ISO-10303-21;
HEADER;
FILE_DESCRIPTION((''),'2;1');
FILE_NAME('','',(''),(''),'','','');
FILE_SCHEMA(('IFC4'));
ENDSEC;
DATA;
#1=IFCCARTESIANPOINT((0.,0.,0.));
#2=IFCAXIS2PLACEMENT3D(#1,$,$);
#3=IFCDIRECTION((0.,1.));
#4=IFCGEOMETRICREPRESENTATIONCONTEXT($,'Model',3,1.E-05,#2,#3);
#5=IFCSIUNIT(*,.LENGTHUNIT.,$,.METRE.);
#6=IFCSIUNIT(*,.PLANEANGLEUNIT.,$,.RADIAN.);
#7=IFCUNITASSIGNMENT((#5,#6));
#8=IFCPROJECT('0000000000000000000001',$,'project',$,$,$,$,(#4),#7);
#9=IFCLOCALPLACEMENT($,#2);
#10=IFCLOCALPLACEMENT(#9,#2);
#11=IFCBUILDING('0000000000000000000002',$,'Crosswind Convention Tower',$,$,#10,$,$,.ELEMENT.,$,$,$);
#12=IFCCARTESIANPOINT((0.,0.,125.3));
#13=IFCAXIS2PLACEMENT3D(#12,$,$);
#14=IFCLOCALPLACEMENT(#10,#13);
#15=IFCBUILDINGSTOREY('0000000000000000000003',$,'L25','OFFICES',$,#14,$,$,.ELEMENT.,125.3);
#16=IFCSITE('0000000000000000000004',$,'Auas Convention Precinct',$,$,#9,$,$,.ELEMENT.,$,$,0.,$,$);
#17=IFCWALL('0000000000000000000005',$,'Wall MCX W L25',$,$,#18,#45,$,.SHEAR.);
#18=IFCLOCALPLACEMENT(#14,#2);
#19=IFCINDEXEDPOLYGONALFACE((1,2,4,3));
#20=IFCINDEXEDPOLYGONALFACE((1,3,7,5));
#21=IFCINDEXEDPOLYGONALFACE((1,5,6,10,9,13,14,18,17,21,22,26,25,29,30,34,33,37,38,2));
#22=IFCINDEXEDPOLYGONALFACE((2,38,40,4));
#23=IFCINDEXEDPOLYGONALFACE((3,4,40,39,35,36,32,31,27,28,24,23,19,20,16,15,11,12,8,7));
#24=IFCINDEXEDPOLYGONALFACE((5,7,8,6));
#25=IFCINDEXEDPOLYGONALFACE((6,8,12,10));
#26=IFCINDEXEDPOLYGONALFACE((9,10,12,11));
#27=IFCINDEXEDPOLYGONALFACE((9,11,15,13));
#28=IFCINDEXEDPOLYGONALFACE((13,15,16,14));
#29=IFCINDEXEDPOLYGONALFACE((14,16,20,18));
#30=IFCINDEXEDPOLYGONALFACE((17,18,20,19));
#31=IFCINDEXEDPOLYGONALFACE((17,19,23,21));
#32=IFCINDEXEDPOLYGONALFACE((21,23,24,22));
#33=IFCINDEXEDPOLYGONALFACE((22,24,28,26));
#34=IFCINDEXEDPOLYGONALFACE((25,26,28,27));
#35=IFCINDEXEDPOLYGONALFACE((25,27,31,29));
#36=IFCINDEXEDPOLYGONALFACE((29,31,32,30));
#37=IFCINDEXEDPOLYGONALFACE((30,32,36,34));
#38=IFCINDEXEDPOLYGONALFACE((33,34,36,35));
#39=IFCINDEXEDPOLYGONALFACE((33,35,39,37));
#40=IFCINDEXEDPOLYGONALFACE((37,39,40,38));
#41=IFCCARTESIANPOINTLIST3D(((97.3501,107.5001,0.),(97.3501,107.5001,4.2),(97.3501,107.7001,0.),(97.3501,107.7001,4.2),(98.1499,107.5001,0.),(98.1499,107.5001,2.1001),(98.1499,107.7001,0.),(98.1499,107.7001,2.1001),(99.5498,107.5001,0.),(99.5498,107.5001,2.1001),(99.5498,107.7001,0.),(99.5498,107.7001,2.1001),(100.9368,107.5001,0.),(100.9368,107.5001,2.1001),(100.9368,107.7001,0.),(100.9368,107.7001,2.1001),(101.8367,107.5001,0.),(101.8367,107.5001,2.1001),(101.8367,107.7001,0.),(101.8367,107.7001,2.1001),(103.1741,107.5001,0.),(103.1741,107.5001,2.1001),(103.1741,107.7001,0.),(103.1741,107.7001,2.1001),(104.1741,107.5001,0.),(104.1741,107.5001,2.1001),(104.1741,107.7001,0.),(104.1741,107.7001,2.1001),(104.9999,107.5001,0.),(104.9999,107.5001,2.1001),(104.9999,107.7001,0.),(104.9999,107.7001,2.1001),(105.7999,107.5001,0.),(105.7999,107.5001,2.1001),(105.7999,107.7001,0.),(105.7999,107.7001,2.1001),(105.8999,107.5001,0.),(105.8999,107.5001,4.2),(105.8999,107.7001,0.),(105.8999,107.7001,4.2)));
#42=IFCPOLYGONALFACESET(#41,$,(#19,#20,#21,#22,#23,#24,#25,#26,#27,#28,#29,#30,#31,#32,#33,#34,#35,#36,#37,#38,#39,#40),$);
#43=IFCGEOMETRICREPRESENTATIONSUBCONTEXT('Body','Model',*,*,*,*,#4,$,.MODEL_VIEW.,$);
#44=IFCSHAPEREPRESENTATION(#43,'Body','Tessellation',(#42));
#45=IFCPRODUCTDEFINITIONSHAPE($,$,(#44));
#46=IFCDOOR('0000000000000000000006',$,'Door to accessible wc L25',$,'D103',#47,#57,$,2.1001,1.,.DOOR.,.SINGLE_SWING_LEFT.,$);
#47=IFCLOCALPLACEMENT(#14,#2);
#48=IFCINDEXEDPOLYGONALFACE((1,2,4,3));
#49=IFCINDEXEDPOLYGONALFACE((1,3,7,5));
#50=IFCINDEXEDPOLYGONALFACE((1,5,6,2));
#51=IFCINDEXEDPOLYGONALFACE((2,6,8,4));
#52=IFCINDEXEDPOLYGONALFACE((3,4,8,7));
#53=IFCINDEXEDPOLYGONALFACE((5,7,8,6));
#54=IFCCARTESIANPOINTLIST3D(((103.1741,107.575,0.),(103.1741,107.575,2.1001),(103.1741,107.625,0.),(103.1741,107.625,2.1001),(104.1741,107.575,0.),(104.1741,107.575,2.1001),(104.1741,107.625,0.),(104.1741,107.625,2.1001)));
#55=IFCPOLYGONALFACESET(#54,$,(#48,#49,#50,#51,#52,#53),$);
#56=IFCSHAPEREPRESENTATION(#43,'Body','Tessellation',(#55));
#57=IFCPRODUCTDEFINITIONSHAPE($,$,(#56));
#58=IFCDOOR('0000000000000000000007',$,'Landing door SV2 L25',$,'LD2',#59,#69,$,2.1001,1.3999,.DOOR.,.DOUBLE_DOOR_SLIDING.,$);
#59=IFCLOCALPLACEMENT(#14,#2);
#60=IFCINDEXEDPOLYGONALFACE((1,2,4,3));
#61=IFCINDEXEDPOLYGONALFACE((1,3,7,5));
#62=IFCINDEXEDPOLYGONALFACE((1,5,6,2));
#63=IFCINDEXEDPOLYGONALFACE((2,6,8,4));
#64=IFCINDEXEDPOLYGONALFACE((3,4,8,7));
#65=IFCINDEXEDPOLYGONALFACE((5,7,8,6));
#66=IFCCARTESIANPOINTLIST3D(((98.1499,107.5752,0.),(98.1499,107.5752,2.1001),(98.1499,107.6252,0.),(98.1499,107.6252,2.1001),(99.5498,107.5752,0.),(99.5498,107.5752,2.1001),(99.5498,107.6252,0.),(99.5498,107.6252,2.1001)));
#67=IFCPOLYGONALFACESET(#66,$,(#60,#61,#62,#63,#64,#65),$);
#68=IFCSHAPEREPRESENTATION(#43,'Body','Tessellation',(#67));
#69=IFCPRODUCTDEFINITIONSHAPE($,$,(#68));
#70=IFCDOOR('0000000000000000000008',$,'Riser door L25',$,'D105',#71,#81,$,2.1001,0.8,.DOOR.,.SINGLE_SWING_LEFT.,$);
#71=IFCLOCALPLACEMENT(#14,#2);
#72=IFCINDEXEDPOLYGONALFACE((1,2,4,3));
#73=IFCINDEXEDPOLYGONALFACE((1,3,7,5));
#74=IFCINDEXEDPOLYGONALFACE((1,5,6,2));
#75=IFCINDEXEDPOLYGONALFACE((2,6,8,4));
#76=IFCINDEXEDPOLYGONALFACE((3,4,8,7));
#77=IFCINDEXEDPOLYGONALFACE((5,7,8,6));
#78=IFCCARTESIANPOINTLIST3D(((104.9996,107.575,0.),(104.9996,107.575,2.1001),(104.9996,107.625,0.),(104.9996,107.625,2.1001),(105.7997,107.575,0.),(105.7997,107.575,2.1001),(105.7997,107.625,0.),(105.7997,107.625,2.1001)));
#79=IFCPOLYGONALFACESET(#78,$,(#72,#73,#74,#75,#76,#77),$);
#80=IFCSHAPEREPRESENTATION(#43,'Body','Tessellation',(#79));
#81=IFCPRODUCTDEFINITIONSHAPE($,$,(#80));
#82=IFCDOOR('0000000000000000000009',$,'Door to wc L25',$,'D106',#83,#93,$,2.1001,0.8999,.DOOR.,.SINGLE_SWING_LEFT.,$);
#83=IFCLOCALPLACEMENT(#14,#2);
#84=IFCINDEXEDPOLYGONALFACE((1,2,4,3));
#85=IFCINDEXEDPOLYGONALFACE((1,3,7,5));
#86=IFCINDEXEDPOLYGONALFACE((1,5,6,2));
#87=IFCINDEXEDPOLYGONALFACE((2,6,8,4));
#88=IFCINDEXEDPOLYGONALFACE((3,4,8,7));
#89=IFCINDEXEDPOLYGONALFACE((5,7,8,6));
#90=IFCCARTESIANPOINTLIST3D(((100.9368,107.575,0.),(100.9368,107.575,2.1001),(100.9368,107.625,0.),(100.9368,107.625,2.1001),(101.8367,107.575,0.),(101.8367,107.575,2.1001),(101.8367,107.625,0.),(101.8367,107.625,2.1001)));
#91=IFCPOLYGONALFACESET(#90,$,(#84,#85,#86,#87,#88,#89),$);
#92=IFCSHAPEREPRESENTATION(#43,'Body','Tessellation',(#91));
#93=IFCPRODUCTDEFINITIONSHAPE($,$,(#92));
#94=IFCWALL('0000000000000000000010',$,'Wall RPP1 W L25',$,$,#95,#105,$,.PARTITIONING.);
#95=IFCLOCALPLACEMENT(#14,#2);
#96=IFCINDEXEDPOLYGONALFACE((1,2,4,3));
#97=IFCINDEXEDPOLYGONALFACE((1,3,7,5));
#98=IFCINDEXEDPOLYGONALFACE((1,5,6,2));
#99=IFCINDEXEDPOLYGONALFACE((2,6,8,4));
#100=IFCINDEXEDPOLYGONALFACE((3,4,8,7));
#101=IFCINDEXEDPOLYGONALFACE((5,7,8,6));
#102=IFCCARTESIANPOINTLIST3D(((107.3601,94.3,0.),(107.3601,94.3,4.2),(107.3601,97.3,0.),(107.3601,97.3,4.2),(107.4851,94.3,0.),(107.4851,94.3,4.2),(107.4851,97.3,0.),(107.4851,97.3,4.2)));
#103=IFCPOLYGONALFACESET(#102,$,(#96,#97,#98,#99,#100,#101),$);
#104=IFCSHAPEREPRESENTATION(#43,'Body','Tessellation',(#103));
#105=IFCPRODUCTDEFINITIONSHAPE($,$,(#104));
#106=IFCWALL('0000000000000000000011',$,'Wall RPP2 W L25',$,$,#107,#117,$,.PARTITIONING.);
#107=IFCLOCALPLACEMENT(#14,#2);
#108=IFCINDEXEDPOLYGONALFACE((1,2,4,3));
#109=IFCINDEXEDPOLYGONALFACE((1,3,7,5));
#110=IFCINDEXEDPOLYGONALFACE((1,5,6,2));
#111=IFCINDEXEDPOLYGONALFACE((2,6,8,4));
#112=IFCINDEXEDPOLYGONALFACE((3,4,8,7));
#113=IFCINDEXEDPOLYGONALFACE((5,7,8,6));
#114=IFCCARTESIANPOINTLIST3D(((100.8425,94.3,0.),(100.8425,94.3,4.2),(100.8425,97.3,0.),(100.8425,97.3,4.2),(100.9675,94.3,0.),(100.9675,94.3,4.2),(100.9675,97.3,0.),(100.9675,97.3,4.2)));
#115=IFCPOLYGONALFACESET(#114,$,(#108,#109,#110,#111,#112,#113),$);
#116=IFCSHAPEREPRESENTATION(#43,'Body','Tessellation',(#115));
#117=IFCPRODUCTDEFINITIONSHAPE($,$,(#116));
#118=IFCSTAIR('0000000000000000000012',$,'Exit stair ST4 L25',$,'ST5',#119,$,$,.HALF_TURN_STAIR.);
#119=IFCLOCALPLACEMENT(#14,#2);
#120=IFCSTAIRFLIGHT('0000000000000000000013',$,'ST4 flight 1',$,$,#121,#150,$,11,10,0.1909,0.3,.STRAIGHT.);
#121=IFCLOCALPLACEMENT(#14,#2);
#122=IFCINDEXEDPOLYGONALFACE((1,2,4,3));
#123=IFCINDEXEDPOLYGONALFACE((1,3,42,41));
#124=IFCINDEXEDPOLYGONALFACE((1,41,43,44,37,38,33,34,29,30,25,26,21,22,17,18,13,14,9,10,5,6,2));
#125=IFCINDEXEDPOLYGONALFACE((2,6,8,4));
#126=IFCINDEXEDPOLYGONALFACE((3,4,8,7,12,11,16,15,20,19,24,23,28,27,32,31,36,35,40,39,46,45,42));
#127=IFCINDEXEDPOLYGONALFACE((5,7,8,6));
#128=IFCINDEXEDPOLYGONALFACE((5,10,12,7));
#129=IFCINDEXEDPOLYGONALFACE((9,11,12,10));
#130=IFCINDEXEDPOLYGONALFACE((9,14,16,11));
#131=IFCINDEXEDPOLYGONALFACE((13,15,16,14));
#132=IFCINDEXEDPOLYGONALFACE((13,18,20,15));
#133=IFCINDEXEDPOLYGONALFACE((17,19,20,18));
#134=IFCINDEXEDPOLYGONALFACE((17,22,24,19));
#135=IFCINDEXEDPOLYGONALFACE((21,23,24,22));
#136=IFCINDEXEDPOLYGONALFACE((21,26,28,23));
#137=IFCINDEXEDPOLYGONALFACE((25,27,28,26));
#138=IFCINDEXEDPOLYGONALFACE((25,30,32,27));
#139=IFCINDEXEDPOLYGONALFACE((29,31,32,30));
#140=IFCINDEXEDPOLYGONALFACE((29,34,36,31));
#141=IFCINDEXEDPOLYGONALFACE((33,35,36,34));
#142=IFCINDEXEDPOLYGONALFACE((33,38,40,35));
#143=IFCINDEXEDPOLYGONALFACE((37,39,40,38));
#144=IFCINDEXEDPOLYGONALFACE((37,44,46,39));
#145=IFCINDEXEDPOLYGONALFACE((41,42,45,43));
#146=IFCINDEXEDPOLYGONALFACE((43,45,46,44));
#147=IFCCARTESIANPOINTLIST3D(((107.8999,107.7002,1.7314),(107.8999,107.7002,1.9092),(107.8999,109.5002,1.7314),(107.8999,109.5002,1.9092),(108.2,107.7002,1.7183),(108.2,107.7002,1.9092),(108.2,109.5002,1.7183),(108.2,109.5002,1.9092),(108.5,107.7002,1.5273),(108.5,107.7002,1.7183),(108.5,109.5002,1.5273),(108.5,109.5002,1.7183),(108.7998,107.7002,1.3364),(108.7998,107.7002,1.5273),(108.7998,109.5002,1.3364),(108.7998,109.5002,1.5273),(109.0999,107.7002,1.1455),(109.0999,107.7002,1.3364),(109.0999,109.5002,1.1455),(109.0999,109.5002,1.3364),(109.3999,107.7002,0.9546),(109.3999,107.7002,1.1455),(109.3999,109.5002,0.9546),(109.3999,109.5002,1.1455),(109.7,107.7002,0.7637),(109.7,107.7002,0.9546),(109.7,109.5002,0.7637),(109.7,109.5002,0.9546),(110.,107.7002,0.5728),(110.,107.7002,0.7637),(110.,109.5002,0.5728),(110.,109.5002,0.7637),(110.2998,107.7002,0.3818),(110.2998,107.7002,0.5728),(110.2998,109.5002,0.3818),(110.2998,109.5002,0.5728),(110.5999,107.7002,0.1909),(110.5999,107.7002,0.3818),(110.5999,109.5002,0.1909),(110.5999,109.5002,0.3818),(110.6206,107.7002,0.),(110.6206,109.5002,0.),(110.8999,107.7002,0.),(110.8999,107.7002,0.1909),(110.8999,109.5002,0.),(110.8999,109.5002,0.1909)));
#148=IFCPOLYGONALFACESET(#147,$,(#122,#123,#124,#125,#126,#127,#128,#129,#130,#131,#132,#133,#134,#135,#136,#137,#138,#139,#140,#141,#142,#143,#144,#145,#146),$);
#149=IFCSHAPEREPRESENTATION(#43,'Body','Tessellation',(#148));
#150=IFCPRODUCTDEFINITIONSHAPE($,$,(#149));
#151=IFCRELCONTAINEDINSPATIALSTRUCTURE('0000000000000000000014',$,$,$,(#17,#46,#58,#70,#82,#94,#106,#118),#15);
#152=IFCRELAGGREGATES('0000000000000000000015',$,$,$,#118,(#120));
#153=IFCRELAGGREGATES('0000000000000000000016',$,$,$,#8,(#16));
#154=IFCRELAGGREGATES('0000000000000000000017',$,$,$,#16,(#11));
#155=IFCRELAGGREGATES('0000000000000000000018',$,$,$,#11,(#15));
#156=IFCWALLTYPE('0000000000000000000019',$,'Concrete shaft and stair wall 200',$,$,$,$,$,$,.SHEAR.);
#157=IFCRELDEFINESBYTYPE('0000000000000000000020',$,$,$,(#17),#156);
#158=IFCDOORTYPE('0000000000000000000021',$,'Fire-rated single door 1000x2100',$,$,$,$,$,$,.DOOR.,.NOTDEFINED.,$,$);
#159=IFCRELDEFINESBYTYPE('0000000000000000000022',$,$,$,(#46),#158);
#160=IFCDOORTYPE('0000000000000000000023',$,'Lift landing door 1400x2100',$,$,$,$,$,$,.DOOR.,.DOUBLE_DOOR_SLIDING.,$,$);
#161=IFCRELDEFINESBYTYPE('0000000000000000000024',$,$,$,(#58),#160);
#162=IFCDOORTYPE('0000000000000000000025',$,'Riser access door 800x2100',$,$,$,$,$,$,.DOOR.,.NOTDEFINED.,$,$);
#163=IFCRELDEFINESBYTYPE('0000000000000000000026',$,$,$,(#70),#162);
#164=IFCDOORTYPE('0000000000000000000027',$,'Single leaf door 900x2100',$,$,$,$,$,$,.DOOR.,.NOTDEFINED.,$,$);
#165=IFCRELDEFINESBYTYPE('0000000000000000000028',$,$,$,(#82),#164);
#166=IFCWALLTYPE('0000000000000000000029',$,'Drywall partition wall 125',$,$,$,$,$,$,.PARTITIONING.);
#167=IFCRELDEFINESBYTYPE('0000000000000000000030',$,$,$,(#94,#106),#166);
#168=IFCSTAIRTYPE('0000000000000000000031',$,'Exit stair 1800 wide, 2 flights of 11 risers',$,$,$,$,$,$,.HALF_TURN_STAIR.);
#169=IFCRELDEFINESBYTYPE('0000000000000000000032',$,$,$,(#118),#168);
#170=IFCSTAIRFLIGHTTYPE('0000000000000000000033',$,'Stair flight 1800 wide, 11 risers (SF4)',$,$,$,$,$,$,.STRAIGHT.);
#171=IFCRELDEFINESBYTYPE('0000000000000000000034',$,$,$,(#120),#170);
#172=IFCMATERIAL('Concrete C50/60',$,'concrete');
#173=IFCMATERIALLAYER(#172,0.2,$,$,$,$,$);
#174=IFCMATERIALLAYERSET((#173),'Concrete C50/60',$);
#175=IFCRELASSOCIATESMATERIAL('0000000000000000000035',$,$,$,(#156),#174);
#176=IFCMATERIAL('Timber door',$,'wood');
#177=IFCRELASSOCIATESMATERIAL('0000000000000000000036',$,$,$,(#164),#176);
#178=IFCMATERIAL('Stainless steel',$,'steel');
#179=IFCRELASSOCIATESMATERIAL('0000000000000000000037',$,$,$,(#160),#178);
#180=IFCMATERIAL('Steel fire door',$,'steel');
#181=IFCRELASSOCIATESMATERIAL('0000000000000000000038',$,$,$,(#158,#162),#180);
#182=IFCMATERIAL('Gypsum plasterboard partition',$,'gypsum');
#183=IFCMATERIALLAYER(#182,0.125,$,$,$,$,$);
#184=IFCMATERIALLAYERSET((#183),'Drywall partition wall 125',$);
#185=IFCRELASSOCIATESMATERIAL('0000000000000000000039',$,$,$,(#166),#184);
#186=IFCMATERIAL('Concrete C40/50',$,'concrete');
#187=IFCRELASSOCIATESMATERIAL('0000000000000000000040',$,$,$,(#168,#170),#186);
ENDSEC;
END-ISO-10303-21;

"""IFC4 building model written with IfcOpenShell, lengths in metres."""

from ifc_helpers import new_model, si_unit, direction, frame, frame_2d, origin, place, context, subcontext, project, spatial, polyline, rectangle, outline, extrude, material, layer, layer_set, type_object, element, fill, aggregate, save


model = new_model("IFC4")

# Units and contexts
model_context = context("Model", 3, precision=1e-05, world=origin(), true_north=direction((0.0, 1.0)))
body_context = subcontext(model_context, "Body", "Model", "MODEL_VIEW")
ifc_project = project(units=[si_unit("LENGTHUNIT", "METRE"), si_unit("PLANEANGLEUNIT", "RADIAN")], contexts=[model_context])

# Site, building, storey
site_placement = place(None, origin())
site = spatial("IfcSite", under=ifc_project, at=site_placement, Name="Auas Convention Precinct", CompositionType="ELEMENT", RefElevation=0.0)
building_placement = place(site_placement, origin())
building = spatial("IfcBuilding", under=site, at=building_placement, Name="Crosswind Convention Tower", CompositionType="ELEMENT")
storey_placement = place(building_placement, frame((0.0, 0.0, 125.3)))
storey = spatial("IfcBuildingStorey", under=building, at=storey_placement, Name="L25", Description="OFFICES", CompositionType="ELEMENT", Elevation=125.3)

# Shared definitions
ifc_material_1 = material(Name="Concrete C50/60", Category="concrete")
ifc_layer_1 = layer(ifc_material_1, 0.2)
ifc_layer_set_1 = layer_set([ifc_layer_1], Name="Concrete C50/60")
wall_type_1 = type_object("IfcWallType", Name="Concrete shaft and stair wall 200", PredefinedType="SHEAR", material=ifc_layer_set_1)

# Shared definitions
ifc_material_2 = material(Name="Timber door", Category="wood")
door_type_1 = type_object("IfcDoorType", Name="Single leaf door 900x2100", OperationType="NOTDEFINED", PredefinedType="DOOR", material=ifc_material_2)

# Wall, openings, doors
ifc_material_3 = material(Name="Stainless steel", Category="steel")
door_type_2 = type_object("IfcDoorType", Name="Lift landing door 1400x2100", OperationType="DOUBLE_DOOR_SLIDING", PredefinedType="DOOR", material=ifc_material_3)
wall_1_placement = place(storey_placement, frame((105.8999, 107.6001, 0.0), z_axis=(0.0, 0.0, 1.0), x_axis=(-1.0, 0.0, 0.0)))
wall_1 = element("IfcWall", 1, at=wall_1_placement, inside=storey, type_object=wall_type_1, Name="Wall MCX W L25", PredefinedType="SHEAR", context=body_context, shape_type="SweptSolid", body=[
    extrude(rectangle(XDim=8.5498, YDim=0.2, at=frame_2d((4.2749, 0.0))), origin(), (0.0, 0.0, 1.0), 4.2),
])
opening_1_placement = place(wall_1_placement, frame((0.1001, 0.0, 0.0)))
opening_1 = element("IfcOpeningElement", 2, at=opening_1_placement, cuts=wall_1, PredefinedType="OPENING", context=body_context, shape_type="SweptSolid", body=[
    extrude(rectangle(XDim=0.8, YDim=2.1001, at=frame_2d((0.3999, 1.05))), frame((0.0, 0.1099, 0.0), z_axis=(0.0, -1.0, 0.0), x_axis=(1.0, 0.0, 0.0)), (0.0, 0.0, 1.0), 0.22),
])
opening_2_placement = place(wall_1_placement, frame((1.7258, 0.0, 0.0)))
opening_2 = element("IfcOpeningElement", 3, at=opening_2_placement, cuts=wall_1, PredefinedType="OPENING", context=body_context, shape_type="SweptSolid", body=[
    extrude(rectangle(XDim=1.0, YDim=2.1001, at=frame_2d((0.5, 1.05))), frame((0.0, 0.1099, 0.0), z_axis=(0.0, -1.0, 0.0), x_axis=(1.0, 0.0, 0.0)), (0.0, 0.0, 1.0), 0.22),
])
opening_3_placement = place(wall_1_placement, frame((4.0632, 0.0, 0.0)))
opening_3 = element("IfcOpeningElement", 4, at=opening_3_placement, cuts=wall_1, PredefinedType="OPENING", context=body_context, shape_type="SweptSolid", body=[
    extrude(rectangle(XDim=0.8999, YDim=2.1001, at=frame_2d((0.45, 1.05))), frame((0.0, 0.1099, 0.0), z_axis=(0.0, -1.0, 0.0), x_axis=(1.0, 0.0, 0.0)), (0.0, 0.0, 1.0), 0.22),
])
opening_4_placement = place(wall_1_placement, frame((6.3501, 0.0, 0.0)))
opening_4 = element("IfcOpeningElement", 5, at=opening_4_placement, cuts=wall_1, PredefinedType="OPENING", context=body_context, shape_type="SweptSolid", body=[
    extrude(rectangle(XDim=1.3999, YDim=2.1001, at=frame_2d((0.7, 1.05))), frame((0.0, 0.1099, 0.0), z_axis=(0.0, -1.0, 0.0), x_axis=(1.0, 0.0, 0.0)), (0.0, 0.0, 1.0), 0.22),
])
ifc_material_4 = material(Name="Steel fire door", Category="steel")
door_type_3 = type_object("IfcDoorType", Name="Fire-rated single door 1000x2100", OperationType="NOTDEFINED", PredefinedType="DOOR", material=ifc_material_4)
door_1_placement = place(opening_2_placement, frame((1.0, 0.0, 0.0), z_axis=(0.0, 0.0, 1.0), x_axis=(-1.0, 0.0, 0.0)))
door_1 = element("IfcDoor", 6, at=door_1_placement, inside=storey, type_object=door_type_3, Name="Door to accessible wc L25", ObjectType="D103", OperationType="SINGLE_SWING_LEFT", OverallHeight=2.1001, OverallWidth=1.0, PredefinedType="DOOR", context=body_context, shape_type="SweptSolid", body=[
    extrude(rectangle(XDim=1.0, YDim=2.1001, at=frame_2d((0.5, 1.05))), frame((0.0, 0.0249, 0.0), z_axis=(0.0, -1.0, 0.0), x_axis=(1.0, 0.0, 0.0)), (0.0, 0.0, 1.0), 0.05),
])
fill(opening_2, door_1)
door_2_placement = place(opening_4_placement, origin())
door_2 = element("IfcDoor", 7, at=door_2_placement, inside=storey, type_object=door_type_2, Name="Landing door SV2 L25", ObjectType="LD2", OperationType="DOUBLE_DOOR_SLIDING", OverallHeight=2.1001, OverallWidth=1.3999, PredefinedType="DOOR", context=body_context, shape_type="SweptSolid", body=[
    extrude(rectangle(XDim=1.3999, YDim=2.1001, at=frame_2d((0.7, 1.05))), frame((0.0, 0.0249, 0.0), z_axis=(0.0, -1.0, 0.0), x_axis=(1.0, 0.0, 0.0)), (0.0, 0.0, 1.0), 0.05),
])
fill(opening_4, door_2)
door_type_4 = type_object("IfcDoorType", Name="Riser access door 800x2100", OperationType="NOTDEFINED", PredefinedType="DOOR", material=ifc_material_4)
door_3_placement = place(opening_1_placement, frame((0.8, 0.0, 0.0), z_axis=(0.0, 0.0, 1.0), x_axis=(-1.0, 0.0, 0.0)))
door_3 = element("IfcDoor", 8, at=door_3_placement, inside=storey, type_object=door_type_4, Name="Riser door L25", ObjectType="D105", OperationType="SINGLE_SWING_LEFT", OverallHeight=2.1001, OverallWidth=0.8, PredefinedType="DOOR", context=body_context, shape_type="SweptSolid", body=[
    extrude(rectangle(XDim=0.8, YDim=2.1001, at=frame_2d((0.3999, 1.05))), frame((0.0, 0.0249, 0.0), z_axis=(0.0, -1.0, 0.0), x_axis=(1.0, 0.0, 0.0)), (0.0, 0.0, 1.0), 0.05),
])
fill(opening_1, door_3)
door_4_placement = place(opening_3_placement, frame((0.8999, 0.0, 0.0), z_axis=(0.0, 0.0, 1.0), x_axis=(-1.0, 0.0, 0.0)))
door_4 = element("IfcDoor", 9, at=door_4_placement, inside=storey, type_object=door_type_1, Name="Door to wc L25", ObjectType="D106", OperationType="SINGLE_SWING_LEFT", OverallHeight=2.1001, OverallWidth=0.8999, PredefinedType="DOOR", context=body_context, shape_type="SweptSolid", body=[
    extrude(rectangle(XDim=0.8999, YDim=2.1001, at=frame_2d((0.45, 1.05))), frame((0.0, 0.0249, 0.0), z_axis=(0.0, -1.0, 0.0), x_axis=(1.0, 0.0, 0.0)), (0.0, 0.0, 1.0), 0.05),
])
fill(opening_3, door_4)

# Walls
ifc_material_5 = material(Name="Gypsum plasterboard partition", Category="gypsum")
ifc_layer_2 = layer(ifc_material_5, 0.125)
ifc_layer_set_2 = layer_set([ifc_layer_2], Name="Drywall partition wall 125")
wall_type_2 = type_object("IfcWallType", Name="Drywall partition wall 125", PredefinedType="PARTITIONING", material=ifc_layer_set_2)
for number, where, z_axis, x_axis, name in (
    (10, (107.4226, 97.3, 0.0), (0.0, 0.0, 1.0), (0.0, -1.0, 0.0), "Wall RPP1 W L25"),
    (11, (100.905, 97.3, 0.0), (0.0, 0.0, 1.0), (0.0, -1.0, 0.0), "Wall RPP2 W L25"),
):
    element("IfcWall", number, at=place(storey_placement, frame(where, z_axis=z_axis, x_axis=x_axis)), inside=storey, type_object=wall_type_2, Name=name, PredefinedType="PARTITIONING", context=body_context, shape_type="SweptSolid", body=[
        extrude(rectangle(XDim=3.0, YDim=0.125, at=frame_2d((1.5, 0.0))), origin(), (0.0, 0.0, 1.0), 4.2),
    ])

# Stair, stair flight
ifc_material_6 = material(Name="Concrete C40/50", Category="concrete")
stair_type = type_object("IfcStairType", Name="Exit stair 1800 wide, 2 flights of 11 risers", PredefinedType="HALF_TURN_STAIR", material=ifc_material_6)
stair_placement = place(storey_placement, origin())
stair = element("IfcStair", 12, at=stair_placement, inside=storey, type_object=stair_type, Name="Exit stair ST4 L25", ObjectType="ST5", PredefinedType="HALF_TURN_STAIR")
stair_flight_type = type_object("IfcStairFlightType", Name="Stair flight 1800 wide, 11 risers (SF4)", PredefinedType="STRAIGHT", material=ifc_material_6)
stair_flight_placement = place(storey_placement, frame((110.8999, 108.6001, 0.0), z_axis=(0.0, 0.0, 1.0), x_axis=(-1.0, 0.0, 0.0)))
stair_flight = element("IfcStairFlight", 13, at=stair_flight_placement, type_object=stair_flight_type, Name="ST4 flight 1", NumberOfRisers=11, NumberOfTreads=10, PredefinedType="STRAIGHT", RiserHeight=0.1909, TreadLength=0.3, context=body_context, shape_type="SweptSolid", body=[
    extrude(outline(polyline([(0.0, 0.0), (0.0, 0.1909), (0.3, 0.1909), (0.3, 0.3818), (0.6001, 0.3818), (0.6001, 0.5728), (0.8999, 0.5728), (0.8999, 0.7637), (1.2, 0.7637), (1.2, 0.9546), (1.5, 0.9546), (1.5, 1.1455), (1.8, 1.1455), (1.8, 1.3364), (2.1001, 1.3364), (2.1001, 1.5273), (2.3999, 1.5273), (2.3999, 1.7183), (2.7, 1.7183), (2.7, 1.9092), (3.0, 1.9092), (3.0, 2.1001), (3.0, 1.7314), (0.2793, 0.0), (0.0, 0.0)])), frame((0.0, 0.8999, 0.0), z_axis=(0.0, -1.0, 0.0), x_axis=(1.0, 0.0, 0.0)), (0.0, 0.0, 1.0), 1.8),
])
aggregate(stair, [stair_flight])

save(model, "model.ifc")
